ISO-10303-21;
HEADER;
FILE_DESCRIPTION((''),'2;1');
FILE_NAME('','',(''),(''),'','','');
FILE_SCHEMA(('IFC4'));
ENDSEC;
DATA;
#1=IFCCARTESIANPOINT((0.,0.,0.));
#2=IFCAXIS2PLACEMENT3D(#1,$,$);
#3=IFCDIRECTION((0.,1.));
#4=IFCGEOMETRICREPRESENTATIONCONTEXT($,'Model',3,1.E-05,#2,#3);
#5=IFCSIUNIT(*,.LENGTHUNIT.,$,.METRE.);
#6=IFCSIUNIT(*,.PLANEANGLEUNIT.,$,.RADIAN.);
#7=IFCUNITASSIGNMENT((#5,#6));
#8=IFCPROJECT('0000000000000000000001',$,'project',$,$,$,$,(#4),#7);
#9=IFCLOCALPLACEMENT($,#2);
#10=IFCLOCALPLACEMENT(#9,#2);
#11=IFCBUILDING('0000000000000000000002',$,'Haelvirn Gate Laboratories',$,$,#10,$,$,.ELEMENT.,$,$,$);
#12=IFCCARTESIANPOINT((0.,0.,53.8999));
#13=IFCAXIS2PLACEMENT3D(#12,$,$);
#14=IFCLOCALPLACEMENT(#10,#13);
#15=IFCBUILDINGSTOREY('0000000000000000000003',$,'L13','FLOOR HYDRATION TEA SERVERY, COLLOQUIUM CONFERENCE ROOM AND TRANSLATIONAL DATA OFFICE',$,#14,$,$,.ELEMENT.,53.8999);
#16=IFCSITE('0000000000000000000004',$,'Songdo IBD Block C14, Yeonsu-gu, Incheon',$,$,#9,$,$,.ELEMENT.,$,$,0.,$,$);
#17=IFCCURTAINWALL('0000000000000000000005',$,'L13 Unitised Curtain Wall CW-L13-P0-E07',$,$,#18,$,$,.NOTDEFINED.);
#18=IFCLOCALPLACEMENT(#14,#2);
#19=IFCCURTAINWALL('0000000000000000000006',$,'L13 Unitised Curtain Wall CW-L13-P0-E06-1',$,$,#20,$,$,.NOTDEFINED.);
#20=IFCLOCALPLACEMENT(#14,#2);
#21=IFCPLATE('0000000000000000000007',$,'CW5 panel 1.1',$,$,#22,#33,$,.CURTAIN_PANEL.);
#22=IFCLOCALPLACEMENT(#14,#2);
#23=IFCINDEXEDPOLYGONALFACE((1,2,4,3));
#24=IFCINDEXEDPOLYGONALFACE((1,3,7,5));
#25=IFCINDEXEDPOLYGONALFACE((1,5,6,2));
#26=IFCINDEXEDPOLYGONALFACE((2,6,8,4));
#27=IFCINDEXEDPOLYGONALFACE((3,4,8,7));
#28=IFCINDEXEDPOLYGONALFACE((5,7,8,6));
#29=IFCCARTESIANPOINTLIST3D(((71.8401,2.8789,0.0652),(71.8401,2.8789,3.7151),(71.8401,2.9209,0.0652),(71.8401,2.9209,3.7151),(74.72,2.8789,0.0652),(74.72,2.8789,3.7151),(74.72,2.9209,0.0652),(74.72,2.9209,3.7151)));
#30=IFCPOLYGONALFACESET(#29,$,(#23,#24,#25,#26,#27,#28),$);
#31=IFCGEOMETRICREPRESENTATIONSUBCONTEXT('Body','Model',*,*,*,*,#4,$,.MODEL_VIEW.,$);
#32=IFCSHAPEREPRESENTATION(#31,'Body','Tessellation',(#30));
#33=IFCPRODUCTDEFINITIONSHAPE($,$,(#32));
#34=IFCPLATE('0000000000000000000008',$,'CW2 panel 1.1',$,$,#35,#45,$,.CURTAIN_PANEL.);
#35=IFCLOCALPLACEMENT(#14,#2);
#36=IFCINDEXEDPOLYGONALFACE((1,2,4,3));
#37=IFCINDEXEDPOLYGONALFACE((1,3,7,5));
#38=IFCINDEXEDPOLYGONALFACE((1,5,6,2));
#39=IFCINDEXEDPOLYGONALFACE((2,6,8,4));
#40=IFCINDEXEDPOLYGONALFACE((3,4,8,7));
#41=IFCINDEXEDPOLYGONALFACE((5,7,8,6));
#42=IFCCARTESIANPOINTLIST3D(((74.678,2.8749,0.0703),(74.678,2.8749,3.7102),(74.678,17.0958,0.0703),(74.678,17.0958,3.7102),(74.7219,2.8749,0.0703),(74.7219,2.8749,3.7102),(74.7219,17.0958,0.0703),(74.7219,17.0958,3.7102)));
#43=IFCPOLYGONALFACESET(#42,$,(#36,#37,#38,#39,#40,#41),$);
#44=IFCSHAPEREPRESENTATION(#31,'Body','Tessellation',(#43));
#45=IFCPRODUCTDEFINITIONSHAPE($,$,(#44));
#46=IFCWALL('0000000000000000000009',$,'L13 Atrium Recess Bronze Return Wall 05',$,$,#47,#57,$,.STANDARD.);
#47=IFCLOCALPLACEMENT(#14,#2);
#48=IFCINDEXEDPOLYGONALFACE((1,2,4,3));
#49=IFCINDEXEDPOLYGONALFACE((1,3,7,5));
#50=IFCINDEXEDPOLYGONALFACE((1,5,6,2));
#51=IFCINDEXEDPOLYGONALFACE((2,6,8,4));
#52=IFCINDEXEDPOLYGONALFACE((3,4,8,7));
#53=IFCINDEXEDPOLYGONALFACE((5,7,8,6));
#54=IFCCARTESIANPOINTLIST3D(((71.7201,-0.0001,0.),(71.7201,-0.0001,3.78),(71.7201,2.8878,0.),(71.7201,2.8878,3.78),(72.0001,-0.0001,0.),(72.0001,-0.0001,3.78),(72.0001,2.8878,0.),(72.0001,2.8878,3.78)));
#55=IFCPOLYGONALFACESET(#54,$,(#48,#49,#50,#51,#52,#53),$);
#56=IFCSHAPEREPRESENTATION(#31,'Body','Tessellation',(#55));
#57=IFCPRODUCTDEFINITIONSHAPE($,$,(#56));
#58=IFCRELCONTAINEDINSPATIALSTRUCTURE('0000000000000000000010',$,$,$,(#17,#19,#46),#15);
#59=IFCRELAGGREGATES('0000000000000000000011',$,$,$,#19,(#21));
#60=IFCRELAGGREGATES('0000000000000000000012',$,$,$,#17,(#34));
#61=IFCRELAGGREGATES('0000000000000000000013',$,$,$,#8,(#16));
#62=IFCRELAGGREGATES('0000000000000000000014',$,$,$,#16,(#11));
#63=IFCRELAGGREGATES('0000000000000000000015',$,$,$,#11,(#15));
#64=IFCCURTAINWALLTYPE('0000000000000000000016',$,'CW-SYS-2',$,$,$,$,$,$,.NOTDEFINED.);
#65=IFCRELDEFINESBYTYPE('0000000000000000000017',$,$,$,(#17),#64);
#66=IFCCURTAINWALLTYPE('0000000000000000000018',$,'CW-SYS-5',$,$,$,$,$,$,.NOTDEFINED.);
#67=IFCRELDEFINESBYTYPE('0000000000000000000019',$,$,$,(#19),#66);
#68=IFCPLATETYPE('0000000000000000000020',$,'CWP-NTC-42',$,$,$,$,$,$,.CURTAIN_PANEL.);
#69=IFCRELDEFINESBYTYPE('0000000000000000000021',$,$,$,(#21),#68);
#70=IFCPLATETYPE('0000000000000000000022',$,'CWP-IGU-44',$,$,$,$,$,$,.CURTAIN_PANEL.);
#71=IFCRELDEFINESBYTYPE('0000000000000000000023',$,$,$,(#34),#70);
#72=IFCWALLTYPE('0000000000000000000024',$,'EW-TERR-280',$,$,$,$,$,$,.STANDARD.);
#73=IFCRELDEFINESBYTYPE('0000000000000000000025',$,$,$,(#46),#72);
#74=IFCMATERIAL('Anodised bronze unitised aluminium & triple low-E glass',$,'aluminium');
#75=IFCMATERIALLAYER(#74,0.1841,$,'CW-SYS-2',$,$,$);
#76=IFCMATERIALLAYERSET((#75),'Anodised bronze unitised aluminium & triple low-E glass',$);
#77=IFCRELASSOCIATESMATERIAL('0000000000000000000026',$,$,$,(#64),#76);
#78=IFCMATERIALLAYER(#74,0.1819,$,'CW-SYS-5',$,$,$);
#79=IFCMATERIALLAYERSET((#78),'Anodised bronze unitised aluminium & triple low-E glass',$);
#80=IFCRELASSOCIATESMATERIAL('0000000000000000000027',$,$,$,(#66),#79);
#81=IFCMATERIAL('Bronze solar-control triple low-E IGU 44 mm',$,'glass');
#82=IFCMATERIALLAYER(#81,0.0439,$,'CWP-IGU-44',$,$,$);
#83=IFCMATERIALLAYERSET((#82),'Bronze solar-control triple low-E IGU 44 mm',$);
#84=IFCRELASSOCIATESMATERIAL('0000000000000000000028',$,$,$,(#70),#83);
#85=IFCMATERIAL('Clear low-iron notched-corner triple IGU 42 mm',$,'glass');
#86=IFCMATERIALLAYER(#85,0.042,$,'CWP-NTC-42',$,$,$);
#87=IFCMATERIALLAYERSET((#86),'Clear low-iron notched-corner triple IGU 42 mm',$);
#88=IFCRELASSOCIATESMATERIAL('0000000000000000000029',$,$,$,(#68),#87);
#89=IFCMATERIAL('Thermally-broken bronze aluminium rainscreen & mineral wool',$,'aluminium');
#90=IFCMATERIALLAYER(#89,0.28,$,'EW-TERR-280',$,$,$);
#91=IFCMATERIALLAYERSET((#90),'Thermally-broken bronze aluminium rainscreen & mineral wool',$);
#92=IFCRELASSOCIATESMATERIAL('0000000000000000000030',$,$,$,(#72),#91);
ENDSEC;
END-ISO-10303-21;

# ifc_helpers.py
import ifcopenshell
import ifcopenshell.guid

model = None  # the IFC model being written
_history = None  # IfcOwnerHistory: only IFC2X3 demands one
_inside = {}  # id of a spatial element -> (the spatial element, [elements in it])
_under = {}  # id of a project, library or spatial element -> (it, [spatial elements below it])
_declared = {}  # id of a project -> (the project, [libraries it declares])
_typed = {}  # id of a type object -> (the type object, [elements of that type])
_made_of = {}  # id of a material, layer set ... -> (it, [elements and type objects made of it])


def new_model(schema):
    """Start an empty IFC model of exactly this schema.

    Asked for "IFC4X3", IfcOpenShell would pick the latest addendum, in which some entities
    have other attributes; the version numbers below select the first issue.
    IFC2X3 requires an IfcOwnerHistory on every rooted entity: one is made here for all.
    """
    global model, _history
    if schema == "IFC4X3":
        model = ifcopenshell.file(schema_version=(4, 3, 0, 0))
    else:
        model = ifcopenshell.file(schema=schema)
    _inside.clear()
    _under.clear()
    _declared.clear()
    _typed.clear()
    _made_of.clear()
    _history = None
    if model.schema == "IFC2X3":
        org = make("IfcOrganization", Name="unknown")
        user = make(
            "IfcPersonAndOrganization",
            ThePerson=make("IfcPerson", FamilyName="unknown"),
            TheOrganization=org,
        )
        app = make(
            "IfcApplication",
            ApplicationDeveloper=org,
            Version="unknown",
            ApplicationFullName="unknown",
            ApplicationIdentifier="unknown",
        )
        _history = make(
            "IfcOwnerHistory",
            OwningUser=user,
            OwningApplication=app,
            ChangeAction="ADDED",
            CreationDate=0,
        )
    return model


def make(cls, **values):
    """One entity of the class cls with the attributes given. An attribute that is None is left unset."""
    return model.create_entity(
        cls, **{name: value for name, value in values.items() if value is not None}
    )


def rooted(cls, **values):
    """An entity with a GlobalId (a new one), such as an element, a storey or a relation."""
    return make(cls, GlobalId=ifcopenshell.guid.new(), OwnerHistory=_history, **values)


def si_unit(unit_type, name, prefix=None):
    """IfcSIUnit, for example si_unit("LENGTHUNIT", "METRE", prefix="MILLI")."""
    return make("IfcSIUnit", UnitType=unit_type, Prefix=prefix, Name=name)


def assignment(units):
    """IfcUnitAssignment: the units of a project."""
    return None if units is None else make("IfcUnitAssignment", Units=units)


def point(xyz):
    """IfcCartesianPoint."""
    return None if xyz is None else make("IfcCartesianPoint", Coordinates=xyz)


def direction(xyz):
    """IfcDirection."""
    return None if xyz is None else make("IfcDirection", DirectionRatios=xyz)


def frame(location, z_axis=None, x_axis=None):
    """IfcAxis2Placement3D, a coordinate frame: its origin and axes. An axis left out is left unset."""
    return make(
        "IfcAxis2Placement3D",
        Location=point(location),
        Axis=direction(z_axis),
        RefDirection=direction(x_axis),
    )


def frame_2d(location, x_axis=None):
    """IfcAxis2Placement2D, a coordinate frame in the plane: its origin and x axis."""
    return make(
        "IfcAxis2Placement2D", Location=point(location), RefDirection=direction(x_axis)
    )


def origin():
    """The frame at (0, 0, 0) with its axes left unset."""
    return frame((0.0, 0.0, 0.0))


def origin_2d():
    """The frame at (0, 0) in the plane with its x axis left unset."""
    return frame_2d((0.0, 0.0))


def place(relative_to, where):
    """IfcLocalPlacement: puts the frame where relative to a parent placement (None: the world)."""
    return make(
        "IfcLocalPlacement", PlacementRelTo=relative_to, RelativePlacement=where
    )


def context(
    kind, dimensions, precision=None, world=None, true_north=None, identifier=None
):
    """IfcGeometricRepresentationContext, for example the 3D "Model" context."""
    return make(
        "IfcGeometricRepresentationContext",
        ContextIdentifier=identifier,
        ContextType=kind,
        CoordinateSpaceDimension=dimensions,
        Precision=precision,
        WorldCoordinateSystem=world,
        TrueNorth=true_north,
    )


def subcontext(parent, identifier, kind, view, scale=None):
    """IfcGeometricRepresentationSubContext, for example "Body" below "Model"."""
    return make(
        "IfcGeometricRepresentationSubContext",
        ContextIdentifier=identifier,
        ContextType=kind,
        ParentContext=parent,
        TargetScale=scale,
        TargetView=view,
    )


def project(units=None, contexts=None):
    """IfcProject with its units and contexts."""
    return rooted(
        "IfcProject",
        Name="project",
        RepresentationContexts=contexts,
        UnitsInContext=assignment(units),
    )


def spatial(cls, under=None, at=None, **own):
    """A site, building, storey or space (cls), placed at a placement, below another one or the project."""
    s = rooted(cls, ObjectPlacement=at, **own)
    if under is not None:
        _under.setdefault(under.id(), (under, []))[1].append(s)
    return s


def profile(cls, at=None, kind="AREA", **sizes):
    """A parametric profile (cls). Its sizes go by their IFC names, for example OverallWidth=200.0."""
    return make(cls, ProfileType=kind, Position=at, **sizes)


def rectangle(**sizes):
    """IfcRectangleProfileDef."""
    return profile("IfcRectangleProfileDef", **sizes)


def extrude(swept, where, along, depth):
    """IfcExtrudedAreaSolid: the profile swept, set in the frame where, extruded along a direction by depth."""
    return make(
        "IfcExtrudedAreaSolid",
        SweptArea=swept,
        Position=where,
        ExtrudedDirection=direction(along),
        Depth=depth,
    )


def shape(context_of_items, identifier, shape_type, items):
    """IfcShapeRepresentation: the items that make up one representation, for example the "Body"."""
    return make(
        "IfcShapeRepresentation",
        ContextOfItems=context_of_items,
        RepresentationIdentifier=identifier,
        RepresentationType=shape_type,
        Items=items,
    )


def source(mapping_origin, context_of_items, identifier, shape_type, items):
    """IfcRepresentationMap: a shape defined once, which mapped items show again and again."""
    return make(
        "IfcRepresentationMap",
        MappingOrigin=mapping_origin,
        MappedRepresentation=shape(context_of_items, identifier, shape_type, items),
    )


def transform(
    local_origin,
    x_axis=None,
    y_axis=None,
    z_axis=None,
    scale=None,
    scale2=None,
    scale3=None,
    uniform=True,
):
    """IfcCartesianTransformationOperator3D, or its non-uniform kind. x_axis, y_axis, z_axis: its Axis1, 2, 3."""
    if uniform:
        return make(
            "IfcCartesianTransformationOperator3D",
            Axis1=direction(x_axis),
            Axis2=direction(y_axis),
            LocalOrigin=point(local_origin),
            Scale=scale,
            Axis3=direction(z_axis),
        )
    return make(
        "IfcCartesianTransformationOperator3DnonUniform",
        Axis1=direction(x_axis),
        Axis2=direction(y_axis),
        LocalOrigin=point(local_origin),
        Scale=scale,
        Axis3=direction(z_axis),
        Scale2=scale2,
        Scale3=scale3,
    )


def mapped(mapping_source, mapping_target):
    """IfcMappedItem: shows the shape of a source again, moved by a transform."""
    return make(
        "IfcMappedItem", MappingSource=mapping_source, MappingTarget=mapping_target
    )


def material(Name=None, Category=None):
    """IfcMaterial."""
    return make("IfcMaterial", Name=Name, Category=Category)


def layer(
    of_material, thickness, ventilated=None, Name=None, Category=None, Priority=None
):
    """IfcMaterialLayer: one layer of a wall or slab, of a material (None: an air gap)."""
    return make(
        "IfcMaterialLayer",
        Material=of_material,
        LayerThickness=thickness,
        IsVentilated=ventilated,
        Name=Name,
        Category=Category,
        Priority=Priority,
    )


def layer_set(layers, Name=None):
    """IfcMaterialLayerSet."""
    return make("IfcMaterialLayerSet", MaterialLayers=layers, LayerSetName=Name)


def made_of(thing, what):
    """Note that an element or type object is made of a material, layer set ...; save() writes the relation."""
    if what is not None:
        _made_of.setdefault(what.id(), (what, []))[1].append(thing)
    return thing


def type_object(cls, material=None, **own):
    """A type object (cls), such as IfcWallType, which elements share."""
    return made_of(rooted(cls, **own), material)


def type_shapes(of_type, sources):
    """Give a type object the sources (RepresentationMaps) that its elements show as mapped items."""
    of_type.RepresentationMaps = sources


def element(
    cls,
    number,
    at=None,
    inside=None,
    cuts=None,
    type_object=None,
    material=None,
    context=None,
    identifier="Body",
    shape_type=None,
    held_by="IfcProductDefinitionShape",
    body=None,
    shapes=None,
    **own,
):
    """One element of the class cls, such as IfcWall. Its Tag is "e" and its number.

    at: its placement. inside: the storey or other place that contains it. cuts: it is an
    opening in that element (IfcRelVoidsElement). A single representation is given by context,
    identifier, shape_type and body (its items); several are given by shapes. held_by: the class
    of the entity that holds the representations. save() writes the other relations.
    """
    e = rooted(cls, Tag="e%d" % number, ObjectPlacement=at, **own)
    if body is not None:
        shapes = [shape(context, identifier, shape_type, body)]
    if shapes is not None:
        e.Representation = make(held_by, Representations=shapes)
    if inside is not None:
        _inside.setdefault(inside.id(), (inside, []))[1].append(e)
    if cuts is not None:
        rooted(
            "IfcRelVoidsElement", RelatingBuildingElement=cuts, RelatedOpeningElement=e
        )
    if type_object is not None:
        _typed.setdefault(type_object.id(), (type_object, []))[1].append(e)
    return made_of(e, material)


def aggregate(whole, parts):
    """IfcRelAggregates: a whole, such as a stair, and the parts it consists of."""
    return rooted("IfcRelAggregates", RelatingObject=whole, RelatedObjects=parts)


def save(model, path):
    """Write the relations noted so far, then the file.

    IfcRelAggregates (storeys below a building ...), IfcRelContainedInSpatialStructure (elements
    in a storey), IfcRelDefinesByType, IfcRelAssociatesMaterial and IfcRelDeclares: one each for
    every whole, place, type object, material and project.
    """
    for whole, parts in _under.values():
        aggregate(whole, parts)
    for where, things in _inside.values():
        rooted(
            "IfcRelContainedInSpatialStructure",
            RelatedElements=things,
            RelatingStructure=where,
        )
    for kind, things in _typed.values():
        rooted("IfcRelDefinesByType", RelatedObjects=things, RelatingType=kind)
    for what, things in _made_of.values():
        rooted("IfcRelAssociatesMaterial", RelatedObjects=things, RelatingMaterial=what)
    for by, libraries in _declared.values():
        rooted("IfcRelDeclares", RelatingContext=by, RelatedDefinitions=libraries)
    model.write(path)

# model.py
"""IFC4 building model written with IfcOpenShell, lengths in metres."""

from ifc_helpers import new_model, si_unit, direction, frame, frame_2d, origin, origin_2d, place, context, subcontext, project, spatial, rectangle, extrude, source, transform, mapped, material, layer, layer_set, type_object, type_shapes, element, aggregate, save


model = new_model("IFC4")

# Units and contexts
model_context = context("Model", 3, precision=1e-05, world=origin(), true_north=direction((0.0, 1.0)))
body_context = subcontext(model_context, "Body", "Model", "MODEL_VIEW")
ifc_project = project(units=[si_unit("LENGTHUNIT", "METRE"), si_unit("PLANEANGLEUNIT", "RADIAN")], contexts=[model_context])

# Site, building, storey
site_placement = place(None, origin())
site = spatial("IfcSite", under=ifc_project, at=site_placement, Name="Songdo IBD Block C14, Yeonsu-gu, Incheon", CompositionType="ELEMENT", RefElevation=0.0)
building_placement = place(site_placement, origin())
building = spatial("IfcBuilding", under=site, at=building_placement, Name="Haelvirn Gate Laboratories", CompositionType="ELEMENT")
storey_placement = place(building_placement, frame((0.0, 0.0, 53.8999)))
storey = spatial("IfcBuildingStorey", under=building, at=storey_placement, Name="L13", Description="FLOOR HYDRATION TEA SERVERY, COLLOQUIUM CONFERENCE ROOM AND TRANSLATIONAL DATA OFFICE", CompositionType="ELEMENT", Elevation=53.8999)

# Shared definitions
ifc_material_1 = material(Name="Anodised bronze unitised aluminium & triple low-E glass", Category="aluminium")
ifc_layer_1 = layer(ifc_material_1, 0.1841, Name="CW-SYS-2")
ifc_layer_set_1 = layer_set([ifc_layer_1], Name="Anodised bronze unitised aluminium & triple low-E glass")
curtain_wall_type_1 = type_object("IfcCurtainWallType", Name="CW-SYS-2", PredefinedType="NOTDEFINED", material=ifc_layer_set_1)

# Curtain wall
curtain_wall_1_placement = place(storey_placement, origin())
curtain_wall_1 = element("IfcCurtainWall", 1, at=curtain_wall_1_placement, inside=storey, type_object=curtain_wall_type_1, Name="L13 Unitised Curtain Wall CW-L13-P0-E07", PredefinedType="NOTDEFINED")

# Curtain wall
ifc_layer_2 = layer(ifc_material_1, 0.1819, Name="CW-SYS-5")
ifc_layer_set_2 = layer_set([ifc_layer_2], Name="Anodised bronze unitised aluminium & triple low-E glass")
curtain_wall_type_2 = type_object("IfcCurtainWallType", Name="CW-SYS-5", PredefinedType="NOTDEFINED", material=ifc_layer_set_2)
curtain_wall_2_placement = place(storey_placement, origin())
curtain_wall_2 = element("IfcCurtainWall", 2, at=curtain_wall_2_placement, inside=storey, type_object=curtain_wall_type_2, Name="L13 Unitised Curtain Wall CW-L13-P0-E06-1", PredefinedType="NOTDEFINED")

# Plates
ifc_material_2 = material(Name="Bronze solar-control triple low-E IGU 44 mm", Category="glass")
ifc_layer_3 = layer(ifc_material_2, 0.0439, Name="CWP-IGU-44")
ifc_layer_set_3 = layer_set([ifc_layer_3], Name="Bronze solar-control triple low-E IGU 44 mm")
plate_type_1 = type_object("IfcPlateType", Name="CWP-IGU-44", PredefinedType="CURTAIN_PANEL", material=ifc_layer_set_3)
ifc_material_3 = material(Name="Clear low-iron notched-corner triple IGU 42 mm", Category="glass")
ifc_layer_4 = layer(ifc_material_3, 0.042, Name="CWP-NTC-42")
ifc_layer_set_4 = layer_set([ifc_layer_4], Name="Clear low-iron notched-corner triple IGU 42 mm")
plate_type_2 = type_object("IfcPlateType", Name="CWP-NTC-42", PredefinedType="CURTAIN_PANEL", material=ifc_layer_set_4)
shared_shape_1 = source(origin(), body_context, "Body", "SweptSolid", [
    extrude(rectangle(XDim=2.8799, YDim=0.042, at=origin_2d()), origin(), (0.0, 0.0, 1.0), 3.6499),
])
type_shapes(plate_type_2, [shared_shape_1])
plate_1_placement = place(storey_placement, frame((73.28, 2.8999, 0.0652), z_axis=(0.0, 0.0, 1.0), x_axis=(1.0, 0.0, 0.0)))
plate_1 = element("IfcPlate", 3, at=plate_1_placement, type_object=plate_type_2, Name="CW5 panel 1.1", PredefinedType="CURTAIN_PANEL", context=body_context, shape_type="MappedRepresentation", body=[
    mapped(shared_shape_1, transform((0.0, 0.0, 0.0), scale=1.0)),
])
aggregate(curtain_wall_2, [plate_1])
shared_shape_2 = source(origin(), body_context, "Body", "SweptSolid", [
    extrude(rectangle(XDim=14.2209, YDim=0.0439, at=origin_2d()), origin(), (0.0, 0.0, 1.0), 3.6399),
])
plate_2_placement = place(storey_placement, frame((74.7, 9.9854, 0.0703), z_axis=(0.0, 0.0, 1.0), x_axis=(0.0, 1.0, 0.0)))
plate_2 = element("IfcPlate", 4, at=plate_2_placement, type_object=plate_type_1, Name="CW2 panel 1.1", PredefinedType="CURTAIN_PANEL", context=body_context, shape_type="MappedRepresentation", body=[
    mapped(shared_shape_2, transform((0.0, 0.0, 0.0), scale=1.0)),
])
aggregate(curtain_wall_1, [plate_2])

# Wall
ifc_material_4 = material(Name="Thermally-broken bronze aluminium rainscreen & mineral wool", Category="aluminium")
ifc_layer_5 = layer(ifc_material_4, 0.28, Name="EW-TERR-280")
ifc_layer_set_5 = layer_set([ifc_layer_5], Name="Thermally-broken bronze aluminium rainscreen & mineral wool")
wall_type = type_object("IfcWallType", Name="EW-TERR-280", PredefinedType="STANDARD", material=ifc_layer_set_5)
wall_placement = place(storey_placement, frame((71.8601, 0.0, 0.0), z_axis=(0.0, 0.0, 1.0), x_axis=(0.0, 1.0, 0.0)))
element("IfcWall", 5, at=wall_placement, inside=storey, type_object=wall_type, Name="L13 Atrium Recess Bronze Return Wall 05", PredefinedType="STANDARD", context=body_context, shape_type="SweptSolid", body=[
    extrude(rectangle(XDim=2.8879, YDim=0.28, at=frame_2d((1.4438, 0.0))), origin(), (0.0, 0.0, 1.0), 3.78),
])

save(model, "model.ifc")
